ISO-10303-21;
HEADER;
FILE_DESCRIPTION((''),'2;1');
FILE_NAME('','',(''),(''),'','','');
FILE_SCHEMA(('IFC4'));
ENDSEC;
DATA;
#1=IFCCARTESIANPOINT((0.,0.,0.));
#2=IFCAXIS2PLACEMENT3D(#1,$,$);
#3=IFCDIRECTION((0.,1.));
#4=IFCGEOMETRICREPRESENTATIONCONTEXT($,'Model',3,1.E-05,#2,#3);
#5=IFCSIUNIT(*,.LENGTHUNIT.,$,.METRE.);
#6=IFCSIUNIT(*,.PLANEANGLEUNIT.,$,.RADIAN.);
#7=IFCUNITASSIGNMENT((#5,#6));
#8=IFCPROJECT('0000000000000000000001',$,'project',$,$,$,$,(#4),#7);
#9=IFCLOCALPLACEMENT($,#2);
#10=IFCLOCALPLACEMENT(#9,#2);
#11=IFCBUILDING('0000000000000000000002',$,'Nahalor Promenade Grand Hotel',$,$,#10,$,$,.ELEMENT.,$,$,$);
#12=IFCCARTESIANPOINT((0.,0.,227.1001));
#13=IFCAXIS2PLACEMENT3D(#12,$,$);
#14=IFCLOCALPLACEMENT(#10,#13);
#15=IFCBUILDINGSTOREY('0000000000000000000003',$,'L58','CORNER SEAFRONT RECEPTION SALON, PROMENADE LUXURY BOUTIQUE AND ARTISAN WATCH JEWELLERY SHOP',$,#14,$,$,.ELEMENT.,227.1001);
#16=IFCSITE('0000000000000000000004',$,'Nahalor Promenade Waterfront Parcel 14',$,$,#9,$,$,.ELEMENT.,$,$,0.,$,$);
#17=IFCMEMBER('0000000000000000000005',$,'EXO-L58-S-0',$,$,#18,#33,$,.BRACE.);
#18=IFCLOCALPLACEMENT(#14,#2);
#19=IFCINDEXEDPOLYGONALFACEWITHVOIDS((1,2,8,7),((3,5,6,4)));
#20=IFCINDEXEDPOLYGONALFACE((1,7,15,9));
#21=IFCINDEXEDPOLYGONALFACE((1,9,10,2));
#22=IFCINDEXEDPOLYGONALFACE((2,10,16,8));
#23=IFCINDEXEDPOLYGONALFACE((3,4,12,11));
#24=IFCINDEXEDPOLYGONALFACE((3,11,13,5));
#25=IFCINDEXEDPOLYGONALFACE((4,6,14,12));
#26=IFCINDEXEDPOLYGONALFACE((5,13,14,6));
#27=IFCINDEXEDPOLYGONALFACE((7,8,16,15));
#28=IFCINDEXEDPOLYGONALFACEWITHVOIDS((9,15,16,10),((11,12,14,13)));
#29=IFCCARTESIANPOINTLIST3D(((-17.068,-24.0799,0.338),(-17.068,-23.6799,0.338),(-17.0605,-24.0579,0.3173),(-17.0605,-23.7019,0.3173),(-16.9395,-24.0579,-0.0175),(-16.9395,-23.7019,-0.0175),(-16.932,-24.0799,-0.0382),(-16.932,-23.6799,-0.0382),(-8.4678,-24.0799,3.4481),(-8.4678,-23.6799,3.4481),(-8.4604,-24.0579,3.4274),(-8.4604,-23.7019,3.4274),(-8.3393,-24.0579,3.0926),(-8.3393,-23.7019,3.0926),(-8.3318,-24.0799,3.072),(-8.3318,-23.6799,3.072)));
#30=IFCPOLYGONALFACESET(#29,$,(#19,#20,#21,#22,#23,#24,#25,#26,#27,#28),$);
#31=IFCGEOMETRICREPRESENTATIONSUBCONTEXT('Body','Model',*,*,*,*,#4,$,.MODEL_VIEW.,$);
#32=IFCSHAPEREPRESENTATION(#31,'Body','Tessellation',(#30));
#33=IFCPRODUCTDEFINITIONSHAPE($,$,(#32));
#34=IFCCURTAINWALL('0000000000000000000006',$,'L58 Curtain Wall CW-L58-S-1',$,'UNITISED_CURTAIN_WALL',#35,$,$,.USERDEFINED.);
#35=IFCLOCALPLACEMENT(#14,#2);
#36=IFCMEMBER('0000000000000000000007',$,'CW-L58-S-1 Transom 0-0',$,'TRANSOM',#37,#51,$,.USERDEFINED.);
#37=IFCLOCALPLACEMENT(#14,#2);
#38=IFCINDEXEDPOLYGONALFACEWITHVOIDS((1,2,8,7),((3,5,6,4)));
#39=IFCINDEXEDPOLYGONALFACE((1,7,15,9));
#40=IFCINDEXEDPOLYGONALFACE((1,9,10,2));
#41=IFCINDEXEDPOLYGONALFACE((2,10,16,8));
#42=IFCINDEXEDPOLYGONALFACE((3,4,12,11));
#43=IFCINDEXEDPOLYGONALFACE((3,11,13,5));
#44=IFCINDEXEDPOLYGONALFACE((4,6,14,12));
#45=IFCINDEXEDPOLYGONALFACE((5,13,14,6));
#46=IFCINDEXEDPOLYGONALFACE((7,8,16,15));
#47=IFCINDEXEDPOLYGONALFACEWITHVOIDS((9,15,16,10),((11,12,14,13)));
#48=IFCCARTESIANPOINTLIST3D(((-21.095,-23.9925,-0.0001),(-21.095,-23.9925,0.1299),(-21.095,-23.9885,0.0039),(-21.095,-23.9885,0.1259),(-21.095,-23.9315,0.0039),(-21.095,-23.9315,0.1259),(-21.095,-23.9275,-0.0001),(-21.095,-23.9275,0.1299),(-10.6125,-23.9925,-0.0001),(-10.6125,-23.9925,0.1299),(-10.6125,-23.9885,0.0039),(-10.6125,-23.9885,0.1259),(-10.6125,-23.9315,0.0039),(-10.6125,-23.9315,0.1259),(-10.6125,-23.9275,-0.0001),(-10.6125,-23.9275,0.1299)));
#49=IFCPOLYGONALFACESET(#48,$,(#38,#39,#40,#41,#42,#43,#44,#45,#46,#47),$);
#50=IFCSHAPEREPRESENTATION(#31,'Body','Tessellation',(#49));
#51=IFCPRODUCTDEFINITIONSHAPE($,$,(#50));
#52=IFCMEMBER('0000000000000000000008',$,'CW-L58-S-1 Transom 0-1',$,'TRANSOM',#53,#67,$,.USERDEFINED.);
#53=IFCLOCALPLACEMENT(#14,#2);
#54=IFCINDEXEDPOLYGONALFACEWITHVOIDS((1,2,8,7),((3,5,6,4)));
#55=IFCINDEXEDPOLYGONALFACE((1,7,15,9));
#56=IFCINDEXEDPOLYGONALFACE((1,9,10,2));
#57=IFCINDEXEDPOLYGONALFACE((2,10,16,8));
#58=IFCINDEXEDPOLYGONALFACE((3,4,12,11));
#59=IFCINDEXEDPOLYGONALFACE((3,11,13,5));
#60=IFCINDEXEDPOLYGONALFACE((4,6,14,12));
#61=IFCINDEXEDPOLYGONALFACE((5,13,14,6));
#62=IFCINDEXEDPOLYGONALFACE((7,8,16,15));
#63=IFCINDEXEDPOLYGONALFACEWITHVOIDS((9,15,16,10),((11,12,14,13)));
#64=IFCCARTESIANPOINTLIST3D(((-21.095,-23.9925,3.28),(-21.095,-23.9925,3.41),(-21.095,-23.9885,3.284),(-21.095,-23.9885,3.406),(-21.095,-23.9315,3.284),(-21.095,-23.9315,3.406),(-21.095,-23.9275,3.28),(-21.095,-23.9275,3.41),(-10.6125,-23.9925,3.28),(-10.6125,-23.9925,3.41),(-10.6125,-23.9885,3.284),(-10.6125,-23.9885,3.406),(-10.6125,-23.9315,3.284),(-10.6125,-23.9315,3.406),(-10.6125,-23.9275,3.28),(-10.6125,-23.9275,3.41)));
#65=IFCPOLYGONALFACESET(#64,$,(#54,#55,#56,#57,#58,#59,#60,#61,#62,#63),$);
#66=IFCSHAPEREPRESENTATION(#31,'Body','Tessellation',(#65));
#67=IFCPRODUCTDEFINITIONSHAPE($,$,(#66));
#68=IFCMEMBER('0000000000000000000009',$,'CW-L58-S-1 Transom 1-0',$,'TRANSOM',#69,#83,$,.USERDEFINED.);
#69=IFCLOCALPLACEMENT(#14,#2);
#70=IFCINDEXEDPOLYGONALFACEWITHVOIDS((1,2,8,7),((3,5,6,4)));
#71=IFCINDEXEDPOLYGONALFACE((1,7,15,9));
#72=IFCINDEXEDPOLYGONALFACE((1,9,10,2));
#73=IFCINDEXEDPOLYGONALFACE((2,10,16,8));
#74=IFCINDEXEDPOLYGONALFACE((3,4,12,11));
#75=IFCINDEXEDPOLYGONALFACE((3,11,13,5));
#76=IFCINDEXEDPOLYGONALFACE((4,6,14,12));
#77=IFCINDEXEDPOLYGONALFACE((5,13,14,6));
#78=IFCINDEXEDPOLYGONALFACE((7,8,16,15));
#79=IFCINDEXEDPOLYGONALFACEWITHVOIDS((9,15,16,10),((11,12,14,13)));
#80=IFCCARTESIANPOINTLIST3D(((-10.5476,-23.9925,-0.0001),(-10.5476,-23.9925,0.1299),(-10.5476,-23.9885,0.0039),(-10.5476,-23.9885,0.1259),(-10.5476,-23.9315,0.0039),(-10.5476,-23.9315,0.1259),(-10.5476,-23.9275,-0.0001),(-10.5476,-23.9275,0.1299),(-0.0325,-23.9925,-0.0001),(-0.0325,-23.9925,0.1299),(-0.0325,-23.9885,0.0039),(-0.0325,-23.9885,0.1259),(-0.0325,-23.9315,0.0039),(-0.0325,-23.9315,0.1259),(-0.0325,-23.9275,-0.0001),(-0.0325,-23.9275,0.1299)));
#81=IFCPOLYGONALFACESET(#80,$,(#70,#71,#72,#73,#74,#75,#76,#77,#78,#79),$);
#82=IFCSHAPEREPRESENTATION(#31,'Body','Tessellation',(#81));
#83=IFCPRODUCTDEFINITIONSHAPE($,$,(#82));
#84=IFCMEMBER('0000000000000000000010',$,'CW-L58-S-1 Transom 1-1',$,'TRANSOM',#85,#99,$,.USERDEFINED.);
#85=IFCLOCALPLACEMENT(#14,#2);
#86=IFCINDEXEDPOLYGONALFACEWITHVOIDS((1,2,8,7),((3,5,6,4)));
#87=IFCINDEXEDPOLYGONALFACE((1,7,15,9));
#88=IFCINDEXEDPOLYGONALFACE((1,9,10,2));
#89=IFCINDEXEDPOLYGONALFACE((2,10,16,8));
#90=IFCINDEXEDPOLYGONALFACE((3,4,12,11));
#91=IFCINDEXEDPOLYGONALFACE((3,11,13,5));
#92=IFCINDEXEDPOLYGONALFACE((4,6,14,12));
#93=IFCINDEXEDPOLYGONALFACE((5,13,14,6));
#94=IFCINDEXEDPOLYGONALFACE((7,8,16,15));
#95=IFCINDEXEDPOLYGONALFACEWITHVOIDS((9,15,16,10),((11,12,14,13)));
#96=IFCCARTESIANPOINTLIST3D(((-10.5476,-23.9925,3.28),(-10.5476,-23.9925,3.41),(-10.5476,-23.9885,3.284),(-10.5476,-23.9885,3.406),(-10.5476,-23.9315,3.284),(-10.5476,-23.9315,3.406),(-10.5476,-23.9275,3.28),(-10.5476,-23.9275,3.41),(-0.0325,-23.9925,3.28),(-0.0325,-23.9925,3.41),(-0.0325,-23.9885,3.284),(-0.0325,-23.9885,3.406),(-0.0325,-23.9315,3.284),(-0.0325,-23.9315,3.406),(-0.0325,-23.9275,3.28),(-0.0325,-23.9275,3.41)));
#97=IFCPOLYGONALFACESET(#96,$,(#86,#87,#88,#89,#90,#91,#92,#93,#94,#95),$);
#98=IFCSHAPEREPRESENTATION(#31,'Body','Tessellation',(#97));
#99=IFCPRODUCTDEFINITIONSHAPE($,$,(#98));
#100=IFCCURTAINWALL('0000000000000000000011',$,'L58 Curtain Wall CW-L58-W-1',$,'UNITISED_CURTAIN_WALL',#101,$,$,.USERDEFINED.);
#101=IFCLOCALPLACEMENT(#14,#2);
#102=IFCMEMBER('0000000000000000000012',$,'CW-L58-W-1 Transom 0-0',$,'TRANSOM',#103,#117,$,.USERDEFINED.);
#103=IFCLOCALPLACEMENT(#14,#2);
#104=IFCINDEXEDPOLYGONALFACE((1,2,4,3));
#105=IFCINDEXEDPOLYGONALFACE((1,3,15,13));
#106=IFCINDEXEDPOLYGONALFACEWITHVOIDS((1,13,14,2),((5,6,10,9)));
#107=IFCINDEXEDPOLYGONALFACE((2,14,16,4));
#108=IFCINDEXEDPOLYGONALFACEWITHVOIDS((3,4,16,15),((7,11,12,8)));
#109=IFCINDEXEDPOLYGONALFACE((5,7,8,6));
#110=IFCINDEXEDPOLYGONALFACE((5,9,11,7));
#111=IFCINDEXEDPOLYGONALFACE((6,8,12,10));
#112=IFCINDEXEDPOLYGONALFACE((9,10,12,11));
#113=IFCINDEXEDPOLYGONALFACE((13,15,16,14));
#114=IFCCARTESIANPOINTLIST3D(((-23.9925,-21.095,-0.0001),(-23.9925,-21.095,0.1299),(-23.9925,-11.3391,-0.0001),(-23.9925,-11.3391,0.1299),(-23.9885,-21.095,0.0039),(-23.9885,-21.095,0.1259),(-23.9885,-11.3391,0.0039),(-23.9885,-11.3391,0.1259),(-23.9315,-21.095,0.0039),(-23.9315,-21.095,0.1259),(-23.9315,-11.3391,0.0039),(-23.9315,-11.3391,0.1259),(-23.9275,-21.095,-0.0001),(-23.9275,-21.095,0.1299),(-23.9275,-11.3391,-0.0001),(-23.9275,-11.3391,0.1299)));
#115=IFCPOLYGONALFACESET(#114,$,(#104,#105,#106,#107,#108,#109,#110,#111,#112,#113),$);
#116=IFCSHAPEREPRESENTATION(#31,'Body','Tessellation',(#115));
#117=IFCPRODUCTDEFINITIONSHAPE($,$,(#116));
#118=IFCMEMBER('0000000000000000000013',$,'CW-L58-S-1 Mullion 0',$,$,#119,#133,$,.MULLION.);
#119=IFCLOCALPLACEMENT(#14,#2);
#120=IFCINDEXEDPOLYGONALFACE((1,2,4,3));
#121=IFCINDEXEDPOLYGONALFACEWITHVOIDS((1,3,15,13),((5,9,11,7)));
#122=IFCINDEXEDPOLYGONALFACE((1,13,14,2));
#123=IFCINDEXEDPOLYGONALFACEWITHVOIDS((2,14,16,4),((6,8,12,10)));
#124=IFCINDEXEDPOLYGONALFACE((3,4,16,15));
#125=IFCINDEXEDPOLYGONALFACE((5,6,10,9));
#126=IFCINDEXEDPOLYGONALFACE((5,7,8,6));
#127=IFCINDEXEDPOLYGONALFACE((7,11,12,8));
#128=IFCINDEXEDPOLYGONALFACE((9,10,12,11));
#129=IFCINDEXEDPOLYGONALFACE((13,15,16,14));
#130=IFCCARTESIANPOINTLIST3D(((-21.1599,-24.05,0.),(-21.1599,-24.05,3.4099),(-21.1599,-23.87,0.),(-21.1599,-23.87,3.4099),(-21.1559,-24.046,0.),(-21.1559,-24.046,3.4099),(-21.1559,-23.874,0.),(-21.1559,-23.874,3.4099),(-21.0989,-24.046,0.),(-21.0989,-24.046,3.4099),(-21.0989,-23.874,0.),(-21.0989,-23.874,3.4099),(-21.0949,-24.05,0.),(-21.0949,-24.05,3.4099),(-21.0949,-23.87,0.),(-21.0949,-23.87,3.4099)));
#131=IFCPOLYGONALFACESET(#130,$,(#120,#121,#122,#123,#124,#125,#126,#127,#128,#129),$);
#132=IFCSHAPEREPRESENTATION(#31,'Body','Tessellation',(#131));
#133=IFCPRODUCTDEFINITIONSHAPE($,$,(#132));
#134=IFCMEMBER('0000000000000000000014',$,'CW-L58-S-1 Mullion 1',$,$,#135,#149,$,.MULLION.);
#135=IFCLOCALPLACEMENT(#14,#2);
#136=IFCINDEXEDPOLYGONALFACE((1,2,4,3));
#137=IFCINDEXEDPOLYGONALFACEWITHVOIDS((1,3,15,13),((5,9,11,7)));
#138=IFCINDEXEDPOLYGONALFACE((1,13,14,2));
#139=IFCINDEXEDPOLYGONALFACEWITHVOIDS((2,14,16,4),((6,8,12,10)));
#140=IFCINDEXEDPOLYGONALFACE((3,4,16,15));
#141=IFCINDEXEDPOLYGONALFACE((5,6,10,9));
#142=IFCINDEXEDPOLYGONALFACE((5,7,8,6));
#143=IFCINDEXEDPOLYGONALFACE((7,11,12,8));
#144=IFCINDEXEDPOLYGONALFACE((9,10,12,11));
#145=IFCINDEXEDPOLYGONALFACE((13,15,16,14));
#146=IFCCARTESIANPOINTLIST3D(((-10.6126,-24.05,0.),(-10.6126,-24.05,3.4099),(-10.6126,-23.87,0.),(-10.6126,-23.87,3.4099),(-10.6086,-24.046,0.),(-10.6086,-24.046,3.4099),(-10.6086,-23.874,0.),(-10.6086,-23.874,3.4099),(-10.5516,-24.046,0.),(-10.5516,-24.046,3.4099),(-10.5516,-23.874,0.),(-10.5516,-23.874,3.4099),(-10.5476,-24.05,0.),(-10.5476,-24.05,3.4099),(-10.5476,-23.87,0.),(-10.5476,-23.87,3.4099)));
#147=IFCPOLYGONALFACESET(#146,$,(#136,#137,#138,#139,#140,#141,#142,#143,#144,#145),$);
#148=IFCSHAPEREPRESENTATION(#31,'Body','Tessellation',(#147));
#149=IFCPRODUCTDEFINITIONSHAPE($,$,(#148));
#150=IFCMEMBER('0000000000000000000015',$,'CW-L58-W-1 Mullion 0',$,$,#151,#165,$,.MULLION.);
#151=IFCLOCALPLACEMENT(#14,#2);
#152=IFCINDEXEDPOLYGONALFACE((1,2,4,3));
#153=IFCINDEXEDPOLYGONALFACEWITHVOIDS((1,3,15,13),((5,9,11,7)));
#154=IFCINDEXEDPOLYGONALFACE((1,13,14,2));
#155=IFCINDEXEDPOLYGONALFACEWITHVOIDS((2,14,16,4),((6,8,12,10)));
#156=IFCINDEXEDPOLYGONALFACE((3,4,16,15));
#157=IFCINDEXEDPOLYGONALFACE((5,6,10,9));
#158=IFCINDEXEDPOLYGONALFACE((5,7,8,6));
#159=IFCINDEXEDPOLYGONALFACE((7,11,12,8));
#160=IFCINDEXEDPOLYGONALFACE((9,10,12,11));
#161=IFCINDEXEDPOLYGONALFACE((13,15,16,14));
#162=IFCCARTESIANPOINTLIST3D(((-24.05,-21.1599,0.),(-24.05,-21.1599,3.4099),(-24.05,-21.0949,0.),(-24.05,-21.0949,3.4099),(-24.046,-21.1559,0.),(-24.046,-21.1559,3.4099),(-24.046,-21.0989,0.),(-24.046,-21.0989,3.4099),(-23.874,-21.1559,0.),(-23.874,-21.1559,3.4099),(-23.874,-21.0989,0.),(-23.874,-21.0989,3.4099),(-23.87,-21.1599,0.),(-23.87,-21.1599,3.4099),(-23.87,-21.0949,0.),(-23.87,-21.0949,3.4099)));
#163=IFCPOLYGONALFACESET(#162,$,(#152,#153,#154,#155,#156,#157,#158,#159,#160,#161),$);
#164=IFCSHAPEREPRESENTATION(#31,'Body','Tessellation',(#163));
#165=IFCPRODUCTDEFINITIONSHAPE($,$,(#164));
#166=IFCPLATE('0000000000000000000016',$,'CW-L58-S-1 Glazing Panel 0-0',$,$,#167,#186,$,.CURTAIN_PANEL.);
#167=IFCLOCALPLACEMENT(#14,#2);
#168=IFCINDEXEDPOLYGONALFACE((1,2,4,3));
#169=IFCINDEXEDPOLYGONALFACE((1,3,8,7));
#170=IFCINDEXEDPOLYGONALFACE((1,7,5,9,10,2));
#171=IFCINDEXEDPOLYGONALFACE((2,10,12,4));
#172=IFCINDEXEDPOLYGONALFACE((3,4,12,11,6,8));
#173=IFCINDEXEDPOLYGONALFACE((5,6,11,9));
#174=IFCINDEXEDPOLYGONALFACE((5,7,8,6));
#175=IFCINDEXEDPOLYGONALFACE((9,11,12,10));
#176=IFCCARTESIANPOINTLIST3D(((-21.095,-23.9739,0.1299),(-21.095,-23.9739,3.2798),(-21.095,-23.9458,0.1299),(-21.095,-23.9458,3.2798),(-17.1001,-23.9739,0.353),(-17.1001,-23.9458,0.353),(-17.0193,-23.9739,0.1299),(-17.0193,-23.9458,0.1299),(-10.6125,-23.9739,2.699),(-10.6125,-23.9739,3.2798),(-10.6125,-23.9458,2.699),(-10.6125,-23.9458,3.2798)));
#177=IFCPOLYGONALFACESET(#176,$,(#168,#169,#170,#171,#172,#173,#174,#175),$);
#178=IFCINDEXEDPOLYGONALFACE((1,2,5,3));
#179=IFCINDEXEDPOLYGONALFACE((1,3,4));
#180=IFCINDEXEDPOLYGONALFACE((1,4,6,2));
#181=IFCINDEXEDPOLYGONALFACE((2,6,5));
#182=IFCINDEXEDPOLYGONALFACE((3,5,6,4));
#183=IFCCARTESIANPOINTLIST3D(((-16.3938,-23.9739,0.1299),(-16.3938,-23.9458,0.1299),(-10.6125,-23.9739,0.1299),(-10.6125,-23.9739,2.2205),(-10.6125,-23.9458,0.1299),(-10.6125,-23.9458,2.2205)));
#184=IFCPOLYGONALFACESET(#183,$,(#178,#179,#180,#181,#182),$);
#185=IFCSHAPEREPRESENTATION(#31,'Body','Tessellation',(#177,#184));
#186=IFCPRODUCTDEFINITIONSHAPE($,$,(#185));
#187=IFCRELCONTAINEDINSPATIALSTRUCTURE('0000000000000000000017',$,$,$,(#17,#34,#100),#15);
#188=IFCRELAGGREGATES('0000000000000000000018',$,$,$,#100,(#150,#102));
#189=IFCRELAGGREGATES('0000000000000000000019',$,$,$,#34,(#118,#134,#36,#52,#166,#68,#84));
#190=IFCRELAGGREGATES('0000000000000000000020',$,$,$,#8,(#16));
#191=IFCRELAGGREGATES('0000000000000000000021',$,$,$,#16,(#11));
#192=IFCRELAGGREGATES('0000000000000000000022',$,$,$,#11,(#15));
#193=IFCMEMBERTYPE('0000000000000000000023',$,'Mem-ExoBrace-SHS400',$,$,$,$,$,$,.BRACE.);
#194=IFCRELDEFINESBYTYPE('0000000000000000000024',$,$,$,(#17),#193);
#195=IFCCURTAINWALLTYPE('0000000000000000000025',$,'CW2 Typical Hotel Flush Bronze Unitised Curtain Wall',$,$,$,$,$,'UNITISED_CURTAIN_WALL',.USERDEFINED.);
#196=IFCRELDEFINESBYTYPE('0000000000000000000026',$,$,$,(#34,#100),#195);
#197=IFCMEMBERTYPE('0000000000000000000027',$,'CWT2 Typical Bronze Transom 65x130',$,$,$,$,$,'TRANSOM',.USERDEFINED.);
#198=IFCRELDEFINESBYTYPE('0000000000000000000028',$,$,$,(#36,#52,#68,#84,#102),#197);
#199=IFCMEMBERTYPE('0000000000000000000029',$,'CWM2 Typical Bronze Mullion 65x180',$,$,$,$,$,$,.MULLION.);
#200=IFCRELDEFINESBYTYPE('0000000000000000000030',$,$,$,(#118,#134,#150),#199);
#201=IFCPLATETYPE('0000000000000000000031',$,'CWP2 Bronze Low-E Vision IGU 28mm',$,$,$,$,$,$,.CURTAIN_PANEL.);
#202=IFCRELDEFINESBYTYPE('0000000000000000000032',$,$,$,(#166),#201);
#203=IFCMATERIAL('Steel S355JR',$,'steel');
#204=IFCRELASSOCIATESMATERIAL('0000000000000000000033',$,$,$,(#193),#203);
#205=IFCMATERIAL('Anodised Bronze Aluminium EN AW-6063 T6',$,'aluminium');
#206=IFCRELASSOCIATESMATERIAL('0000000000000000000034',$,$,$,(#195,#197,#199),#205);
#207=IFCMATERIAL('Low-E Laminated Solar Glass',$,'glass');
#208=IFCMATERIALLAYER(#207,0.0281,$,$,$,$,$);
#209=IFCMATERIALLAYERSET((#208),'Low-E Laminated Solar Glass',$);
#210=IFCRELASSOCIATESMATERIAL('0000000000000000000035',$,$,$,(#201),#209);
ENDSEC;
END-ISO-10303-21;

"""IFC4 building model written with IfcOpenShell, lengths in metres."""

from ifc_helpers import new_model, si_unit, direction, frame, origin, origin_2d, place, context, subcontext, project, spatial, polyline, hollow_rectangle, outline, extrude, source, transform, mapped, material, layer, layer_set, material_profile, profile_set, type_object, element, aggregate, save


model = new_model("IFC4")

# Units and contexts
model_context = context("Model", 3, precision=1e-05, world=origin(), true_north=direction((0.0, 1.0)))
body_context = subcontext(model_context, "Body", "Model", "MODEL_VIEW")
ifc_project = project(units=[si_unit("LENGTHUNIT", "METRE"), si_unit("PLANEANGLEUNIT", "RADIAN")], contexts=[model_context])

# Site, building, storey
site_placement = place(None, origin())
site = spatial("IfcSite", under=ifc_project, at=site_placement, Name="Nahalor Promenade Waterfront Parcel 14", CompositionType="ELEMENT", RefElevation=0.0)
building_placement = place(site_placement, origin())
building = spatial("IfcBuilding", under=site, at=building_placement, Name="Nahalor Promenade Grand Hotel", CompositionType="ELEMENT")
storey_placement = place(building_placement, frame((0.0, 0.0, 227.1001)))
storey = spatial("IfcBuildingStorey", under=building, at=storey_placement, Name="L58", Description="CORNER SEAFRONT RECEPTION SALON, PROMENADE LUXURY BOUTIQUE AND ARTISAN WATCH JEWELLERY SHOP", CompositionType="ELEMENT", Elevation=227.1001)

# Shared definitions
ifc_material_1 = material(Name="Steel S355JR", Category="steel")

# Member
ifc_material_profile_1 = material_profile(ifc_material_1, hollow_rectangle(XDim=0.4, YDim=0.4, WallThickness=0.022, at=origin_2d()), Name="SHS 400x400x22")
ifc_profile_set_1 = profile_set([ifc_material_profile_1], Name="Steel S355JR")
member_type_1 = type_object("IfcMemberType", Name="Mem-ExoBrace-SHS400", PredefinedType="BRACE", material=ifc_profile_set_1)
shared_shape_1 = source(origin(), body_context, "Body", "SweptSolid", [
    extrude(hollow_rectangle(XDim=0.4, YDim=0.4, WallThickness=0.022, at=origin_2d()), origin(), (0.0, 0.0, 1.0), 9.1453),
])
member_1_placement = place(storey_placement, frame((-17.0, -23.8799, 0.1499), z_axis=(0.940396, 0.0, 0.340081), x_axis=(0.0, 1.0, 0.0)))
element("IfcMember", 1, at=member_1_placement, inside=storey, type_object=member_type_1, Name="EXO-L58-S-0", PredefinedType="BRACE", context=body_context, shape_type="MappedRepresentation", body=[
    mapped(shared_shape_1, transform((0.0, 0.0, 0.0), scale=1.0)),
])

# Curtain wall, members
ifc_material_2 = material(Name="Anodised Bronze Aluminium EN AW-6063 T6", Category="aluminium")
curtain_wall_type = type_object("IfcCurtainWallType", Name="CW2 Typical Hotel Flush Bronze Unitised Curtain Wall", ElementType="UNITISED_CURTAIN_WALL", PredefinedType="USERDEFINED", material=ifc_material_2)
curtain_wall_1_placement = place(storey_placement, origin())
curtain_wall_1 = element("IfcCurtainWall", 2, at=curtain_wall_1_placement, inside=storey, type_object=curtain_wall_type, Name="L58 Curtain Wall CW-L58-S-1", ObjectType="UNITISED_CURTAIN_WALL", PredefinedType="USERDEFINED")
ifc_material_profile_2 = material_profile(ifc_material_2, hollow_rectangle(XDim=0.065, YDim=0.13, WallThickness=0.004, at=origin_2d()), Name="CWT 65x130x4")
ifc_profile_set_2 = profile_set([ifc_material_profile_2], Name="Anodised Bronze Aluminium EN AW-6063 T6")
member_type_2 = type_object("IfcMemberType", Name="CWT2 Typical Bronze Transom 65x130", ElementType="TRANSOM", PredefinedType="USERDEFINED", material=ifc_profile_set_2)
shared_shape_2 = source(origin(), body_context, "Body", "SweptSolid", [
    extrude(hollow_rectangle(XDim=0.065, YDim=0.13, WallThickness=0.004, at=origin_2d()), origin(), (0.0, 0.0, 1.0), 10.4824),
])
member_2_placement = place(storey_placement, frame((-21.095, -23.96, 0.0649), z_axis=(1.0, 0.0, 0.0), x_axis=(0.0, 1.0, 0.0)))
member_2 = element("IfcMember", 3, at=member_2_placement, type_object=member_type_2, Name="CW-L58-S-1 Transom 0-0", ObjectType="TRANSOM", PredefinedType="USERDEFINED", context=body_context, shape_type="MappedRepresentation", body=[
    mapped(shared_shape_2, transform((0.0, 0.0, 0.0), scale=1.0)),
])
member_3_placement = place(storey_placement, frame((-21.095, -23.96, 3.345), z_axis=(1.0, 0.0, 0.0), x_axis=(0.0, 1.0, 0.0)))
member_3 = element("IfcMember", 4, at=member_3_placement, type_object=member_type_2, Name="CW-L58-S-1 Transom 0-1", ObjectType="TRANSOM", PredefinedType="USERDEFINED", context=body_context, shape_type="MappedRepresentation", body=[
    mapped(shared_shape_2, transform((0.0, 0.0, 0.0), scale=1.0)),
])
shared_shape_3 = source(origin(), body_context, "Body", "SweptSolid", [
    extrude(hollow_rectangle(XDim=0.065, YDim=0.13, WallThickness=0.004, at=origin_2d()), origin(), (0.0, 0.0, 1.0), 10.5151),
])
member_4_placement = place(storey_placement, frame((-10.5476, -23.96, 0.0649), z_axis=(1.0, 0.0, 0.0), x_axis=(0.0, 1.0, 0.0)))
member_4 = element("IfcMember", 5, at=member_4_placement, type_object=member_type_2, Name="CW-L58-S-1 Transom 1-0", ObjectType="TRANSOM", PredefinedType="USERDEFINED", context=body_context, shape_type="MappedRepresentation", body=[
    mapped(shared_shape_3, transform((0.0, 0.0, 0.0), scale=1.0)),
])
member_5_placement = place(storey_placement, frame((-10.5476, -23.96, 3.345), z_axis=(1.0, 0.0, 0.0), x_axis=(0.0, 1.0, 0.0)))
member_5 = element("IfcMember", 6, at=member_5_placement, type_object=member_type_2, Name="CW-L58-S-1 Transom 1-1", ObjectType="TRANSOM", PredefinedType="USERDEFINED", context=body_context, shape_type="MappedRepresentation", body=[
    mapped(shared_shape_3, transform((0.0, 0.0, 0.0), scale=1.0)),
])

# Curtain wall, member
curtain_wall_2_placement = place(storey_placement, origin())
curtain_wall_2 = element("IfcCurtainWall", 7, at=curtain_wall_2_placement, inside=storey, type_object=curtain_wall_type, Name="L58 Curtain Wall CW-L58-W-1", ObjectType="UNITISED_CURTAIN_WALL", PredefinedType="USERDEFINED")
shared_shape_4 = source(origin(), body_context, "Body", "SweptSolid", [
    extrude(hollow_rectangle(XDim=0.065, YDim=0.13, WallThickness=0.004, at=origin_2d()), origin(), (0.0, 0.0, 1.0), 9.7559),
])
member_6_placement = place(storey_placement, frame((-23.96, -21.095, 0.0649), z_axis=(0.0, 1.0, 0.0), x_axis=(-1.0, 0.0, 0.0)))
member_6 = element("IfcMember", 8, at=member_6_placement, type_object=member_type_2, Name="CW-L58-W-1 Transom 0-0", ObjectType="TRANSOM", PredefinedType="USERDEFINED", context=body_context, shape_type="MappedRepresentation", body=[
    mapped(shared_shape_4, transform((0.0, 0.0, 0.0), scale=1.0)),
])

# Members
ifc_material_profile_3 = material_profile(ifc_material_2, hollow_rectangle(XDim=0.065, YDim=0.18, WallThickness=0.004, at=origin_2d()), Name="CWM 65x180x4")
ifc_profile_set_3 = profile_set([ifc_material_profile_3], Name="Anodised Bronze Aluminium EN AW-6063 T6")
member_type_3 = type_object("IfcMemberType", Name="CWM2 Typical Bronze Mullion 65x180", PredefinedType="MULLION", material=ifc_profile_set_3)
shared_shape_5 = source(origin(), body_context, "Body", "SweptSolid", [
    extrude(hollow_rectangle(XDim=0.065, YDim=0.18, WallThickness=0.004, at=origin_2d()), origin(), (0.0, 0.0, 1.0), 3.4099),
])
member_7_placement = place(storey_placement, frame((-21.1274, -23.96, 0.0), z_axis=(0.0, 0.0, 1.0), x_axis=(1.0, 0.0, 0.0)))
member_7 = element("IfcMember", 9, at=member_7_placement, type_object=member_type_3, Name="CW-L58-S-1 Mullion 0", PredefinedType="MULLION", context=body_context, shape_type="MappedRepresentation", body=[
    mapped(shared_shape_5, transform((0.0, 0.0, 0.0), scale=1.0)),
])
member_8_placement = place(storey_placement, frame((-10.5801, -23.96, 0.0), z_axis=(0.0, 0.0, 1.0), x_axis=(1.0, 0.0, 0.0)))
member_8 = element("IfcMember", 10, at=member_8_placement, type_object=member_type_3, Name="CW-L58-S-1 Mullion 1", PredefinedType="MULLION", context=body_context, shape_type="MappedRepresentation", body=[
    mapped(shared_shape_5, transform((0.0, 0.0, 0.0), scale=1.0)),
])
member_9_placement = place(storey_placement, frame((-23.96, -21.1274, 0.0), z_axis=(0.0, 0.0, 1.0), x_axis=(0.0, 1.0, 0.0)))
member_9 = element("IfcMember", 11, at=member_9_placement, type_object=member_type_3, Name="CW-L58-W-1 Mullion 0", PredefinedType="MULLION", context=body_context, shape_type="MappedRepresentation", body=[
    mapped(shared_shape_5, transform((0.0, 0.0, 0.0), scale=1.0)),
])
aggregate(curtain_wall_2, [member_9, member_6])

# Plate
ifc_material_3 = material(Name="Low-E Laminated Solar Glass", Category="glass")
ifc_layer_1 = layer(ifc_material_3, 0.0281)
ifc_layer_set_1 = layer_set([ifc_layer_1], Name="Low-E Laminated Solar Glass")
plate_type_1 = type_object("IfcPlateType", Name="CWP2 Bronze Low-E Vision IGU 28mm", PredefinedType="CURTAIN_PANEL", material=ifc_layer_set_1)
plate_1_placement = place(storey_placement, frame((-15.8538, -23.96, 0.1299), z_axis=(0.0, 0.0, 1.0), x_axis=(1.0, 0.0, 0.0)))
plate_1 = element("IfcPlate", 12, at=plate_1_placement, type_object=plate_type_1, Name="CW-L58-S-1 Glazing Panel 0-0", PredefinedType="CURTAIN_PANEL", context=body_context, shape_type="SweptSolid", body=[
    extrude(outline(polyline([(-5.2412, 3.1499), (-5.2412, 0.0), (-1.1655, 0.0), (-1.2463, 0.2231), (5.2412, 2.5691), (5.2412, 3.1499), (-5.2412, 3.1499)])), frame((0.0, 0.0142, 0.0), z_axis=(0.0, -1.0, 0.0), x_axis=(1.0, 0.0, 0.0)), (0.0, 0.0, 1.0), 0.0281),
    extrude(outline(polyline([(-0.54, 0.0), (5.2412, 0.0), (5.2412, 2.0906), (-0.54, 0.0)])), frame((0.0, 0.0142, 0.0), z_axis=(0.0, -1.0, 0.0), x_axis=(1.0, 0.0, 0.0)), (0.0, 0.0, 1.0), 0.0281),
])
aggregate(curtain_wall_1, [member_7, member_8, member_2, member_3, plate_1, member_4, member_5])

save(model, "model.ifc")
